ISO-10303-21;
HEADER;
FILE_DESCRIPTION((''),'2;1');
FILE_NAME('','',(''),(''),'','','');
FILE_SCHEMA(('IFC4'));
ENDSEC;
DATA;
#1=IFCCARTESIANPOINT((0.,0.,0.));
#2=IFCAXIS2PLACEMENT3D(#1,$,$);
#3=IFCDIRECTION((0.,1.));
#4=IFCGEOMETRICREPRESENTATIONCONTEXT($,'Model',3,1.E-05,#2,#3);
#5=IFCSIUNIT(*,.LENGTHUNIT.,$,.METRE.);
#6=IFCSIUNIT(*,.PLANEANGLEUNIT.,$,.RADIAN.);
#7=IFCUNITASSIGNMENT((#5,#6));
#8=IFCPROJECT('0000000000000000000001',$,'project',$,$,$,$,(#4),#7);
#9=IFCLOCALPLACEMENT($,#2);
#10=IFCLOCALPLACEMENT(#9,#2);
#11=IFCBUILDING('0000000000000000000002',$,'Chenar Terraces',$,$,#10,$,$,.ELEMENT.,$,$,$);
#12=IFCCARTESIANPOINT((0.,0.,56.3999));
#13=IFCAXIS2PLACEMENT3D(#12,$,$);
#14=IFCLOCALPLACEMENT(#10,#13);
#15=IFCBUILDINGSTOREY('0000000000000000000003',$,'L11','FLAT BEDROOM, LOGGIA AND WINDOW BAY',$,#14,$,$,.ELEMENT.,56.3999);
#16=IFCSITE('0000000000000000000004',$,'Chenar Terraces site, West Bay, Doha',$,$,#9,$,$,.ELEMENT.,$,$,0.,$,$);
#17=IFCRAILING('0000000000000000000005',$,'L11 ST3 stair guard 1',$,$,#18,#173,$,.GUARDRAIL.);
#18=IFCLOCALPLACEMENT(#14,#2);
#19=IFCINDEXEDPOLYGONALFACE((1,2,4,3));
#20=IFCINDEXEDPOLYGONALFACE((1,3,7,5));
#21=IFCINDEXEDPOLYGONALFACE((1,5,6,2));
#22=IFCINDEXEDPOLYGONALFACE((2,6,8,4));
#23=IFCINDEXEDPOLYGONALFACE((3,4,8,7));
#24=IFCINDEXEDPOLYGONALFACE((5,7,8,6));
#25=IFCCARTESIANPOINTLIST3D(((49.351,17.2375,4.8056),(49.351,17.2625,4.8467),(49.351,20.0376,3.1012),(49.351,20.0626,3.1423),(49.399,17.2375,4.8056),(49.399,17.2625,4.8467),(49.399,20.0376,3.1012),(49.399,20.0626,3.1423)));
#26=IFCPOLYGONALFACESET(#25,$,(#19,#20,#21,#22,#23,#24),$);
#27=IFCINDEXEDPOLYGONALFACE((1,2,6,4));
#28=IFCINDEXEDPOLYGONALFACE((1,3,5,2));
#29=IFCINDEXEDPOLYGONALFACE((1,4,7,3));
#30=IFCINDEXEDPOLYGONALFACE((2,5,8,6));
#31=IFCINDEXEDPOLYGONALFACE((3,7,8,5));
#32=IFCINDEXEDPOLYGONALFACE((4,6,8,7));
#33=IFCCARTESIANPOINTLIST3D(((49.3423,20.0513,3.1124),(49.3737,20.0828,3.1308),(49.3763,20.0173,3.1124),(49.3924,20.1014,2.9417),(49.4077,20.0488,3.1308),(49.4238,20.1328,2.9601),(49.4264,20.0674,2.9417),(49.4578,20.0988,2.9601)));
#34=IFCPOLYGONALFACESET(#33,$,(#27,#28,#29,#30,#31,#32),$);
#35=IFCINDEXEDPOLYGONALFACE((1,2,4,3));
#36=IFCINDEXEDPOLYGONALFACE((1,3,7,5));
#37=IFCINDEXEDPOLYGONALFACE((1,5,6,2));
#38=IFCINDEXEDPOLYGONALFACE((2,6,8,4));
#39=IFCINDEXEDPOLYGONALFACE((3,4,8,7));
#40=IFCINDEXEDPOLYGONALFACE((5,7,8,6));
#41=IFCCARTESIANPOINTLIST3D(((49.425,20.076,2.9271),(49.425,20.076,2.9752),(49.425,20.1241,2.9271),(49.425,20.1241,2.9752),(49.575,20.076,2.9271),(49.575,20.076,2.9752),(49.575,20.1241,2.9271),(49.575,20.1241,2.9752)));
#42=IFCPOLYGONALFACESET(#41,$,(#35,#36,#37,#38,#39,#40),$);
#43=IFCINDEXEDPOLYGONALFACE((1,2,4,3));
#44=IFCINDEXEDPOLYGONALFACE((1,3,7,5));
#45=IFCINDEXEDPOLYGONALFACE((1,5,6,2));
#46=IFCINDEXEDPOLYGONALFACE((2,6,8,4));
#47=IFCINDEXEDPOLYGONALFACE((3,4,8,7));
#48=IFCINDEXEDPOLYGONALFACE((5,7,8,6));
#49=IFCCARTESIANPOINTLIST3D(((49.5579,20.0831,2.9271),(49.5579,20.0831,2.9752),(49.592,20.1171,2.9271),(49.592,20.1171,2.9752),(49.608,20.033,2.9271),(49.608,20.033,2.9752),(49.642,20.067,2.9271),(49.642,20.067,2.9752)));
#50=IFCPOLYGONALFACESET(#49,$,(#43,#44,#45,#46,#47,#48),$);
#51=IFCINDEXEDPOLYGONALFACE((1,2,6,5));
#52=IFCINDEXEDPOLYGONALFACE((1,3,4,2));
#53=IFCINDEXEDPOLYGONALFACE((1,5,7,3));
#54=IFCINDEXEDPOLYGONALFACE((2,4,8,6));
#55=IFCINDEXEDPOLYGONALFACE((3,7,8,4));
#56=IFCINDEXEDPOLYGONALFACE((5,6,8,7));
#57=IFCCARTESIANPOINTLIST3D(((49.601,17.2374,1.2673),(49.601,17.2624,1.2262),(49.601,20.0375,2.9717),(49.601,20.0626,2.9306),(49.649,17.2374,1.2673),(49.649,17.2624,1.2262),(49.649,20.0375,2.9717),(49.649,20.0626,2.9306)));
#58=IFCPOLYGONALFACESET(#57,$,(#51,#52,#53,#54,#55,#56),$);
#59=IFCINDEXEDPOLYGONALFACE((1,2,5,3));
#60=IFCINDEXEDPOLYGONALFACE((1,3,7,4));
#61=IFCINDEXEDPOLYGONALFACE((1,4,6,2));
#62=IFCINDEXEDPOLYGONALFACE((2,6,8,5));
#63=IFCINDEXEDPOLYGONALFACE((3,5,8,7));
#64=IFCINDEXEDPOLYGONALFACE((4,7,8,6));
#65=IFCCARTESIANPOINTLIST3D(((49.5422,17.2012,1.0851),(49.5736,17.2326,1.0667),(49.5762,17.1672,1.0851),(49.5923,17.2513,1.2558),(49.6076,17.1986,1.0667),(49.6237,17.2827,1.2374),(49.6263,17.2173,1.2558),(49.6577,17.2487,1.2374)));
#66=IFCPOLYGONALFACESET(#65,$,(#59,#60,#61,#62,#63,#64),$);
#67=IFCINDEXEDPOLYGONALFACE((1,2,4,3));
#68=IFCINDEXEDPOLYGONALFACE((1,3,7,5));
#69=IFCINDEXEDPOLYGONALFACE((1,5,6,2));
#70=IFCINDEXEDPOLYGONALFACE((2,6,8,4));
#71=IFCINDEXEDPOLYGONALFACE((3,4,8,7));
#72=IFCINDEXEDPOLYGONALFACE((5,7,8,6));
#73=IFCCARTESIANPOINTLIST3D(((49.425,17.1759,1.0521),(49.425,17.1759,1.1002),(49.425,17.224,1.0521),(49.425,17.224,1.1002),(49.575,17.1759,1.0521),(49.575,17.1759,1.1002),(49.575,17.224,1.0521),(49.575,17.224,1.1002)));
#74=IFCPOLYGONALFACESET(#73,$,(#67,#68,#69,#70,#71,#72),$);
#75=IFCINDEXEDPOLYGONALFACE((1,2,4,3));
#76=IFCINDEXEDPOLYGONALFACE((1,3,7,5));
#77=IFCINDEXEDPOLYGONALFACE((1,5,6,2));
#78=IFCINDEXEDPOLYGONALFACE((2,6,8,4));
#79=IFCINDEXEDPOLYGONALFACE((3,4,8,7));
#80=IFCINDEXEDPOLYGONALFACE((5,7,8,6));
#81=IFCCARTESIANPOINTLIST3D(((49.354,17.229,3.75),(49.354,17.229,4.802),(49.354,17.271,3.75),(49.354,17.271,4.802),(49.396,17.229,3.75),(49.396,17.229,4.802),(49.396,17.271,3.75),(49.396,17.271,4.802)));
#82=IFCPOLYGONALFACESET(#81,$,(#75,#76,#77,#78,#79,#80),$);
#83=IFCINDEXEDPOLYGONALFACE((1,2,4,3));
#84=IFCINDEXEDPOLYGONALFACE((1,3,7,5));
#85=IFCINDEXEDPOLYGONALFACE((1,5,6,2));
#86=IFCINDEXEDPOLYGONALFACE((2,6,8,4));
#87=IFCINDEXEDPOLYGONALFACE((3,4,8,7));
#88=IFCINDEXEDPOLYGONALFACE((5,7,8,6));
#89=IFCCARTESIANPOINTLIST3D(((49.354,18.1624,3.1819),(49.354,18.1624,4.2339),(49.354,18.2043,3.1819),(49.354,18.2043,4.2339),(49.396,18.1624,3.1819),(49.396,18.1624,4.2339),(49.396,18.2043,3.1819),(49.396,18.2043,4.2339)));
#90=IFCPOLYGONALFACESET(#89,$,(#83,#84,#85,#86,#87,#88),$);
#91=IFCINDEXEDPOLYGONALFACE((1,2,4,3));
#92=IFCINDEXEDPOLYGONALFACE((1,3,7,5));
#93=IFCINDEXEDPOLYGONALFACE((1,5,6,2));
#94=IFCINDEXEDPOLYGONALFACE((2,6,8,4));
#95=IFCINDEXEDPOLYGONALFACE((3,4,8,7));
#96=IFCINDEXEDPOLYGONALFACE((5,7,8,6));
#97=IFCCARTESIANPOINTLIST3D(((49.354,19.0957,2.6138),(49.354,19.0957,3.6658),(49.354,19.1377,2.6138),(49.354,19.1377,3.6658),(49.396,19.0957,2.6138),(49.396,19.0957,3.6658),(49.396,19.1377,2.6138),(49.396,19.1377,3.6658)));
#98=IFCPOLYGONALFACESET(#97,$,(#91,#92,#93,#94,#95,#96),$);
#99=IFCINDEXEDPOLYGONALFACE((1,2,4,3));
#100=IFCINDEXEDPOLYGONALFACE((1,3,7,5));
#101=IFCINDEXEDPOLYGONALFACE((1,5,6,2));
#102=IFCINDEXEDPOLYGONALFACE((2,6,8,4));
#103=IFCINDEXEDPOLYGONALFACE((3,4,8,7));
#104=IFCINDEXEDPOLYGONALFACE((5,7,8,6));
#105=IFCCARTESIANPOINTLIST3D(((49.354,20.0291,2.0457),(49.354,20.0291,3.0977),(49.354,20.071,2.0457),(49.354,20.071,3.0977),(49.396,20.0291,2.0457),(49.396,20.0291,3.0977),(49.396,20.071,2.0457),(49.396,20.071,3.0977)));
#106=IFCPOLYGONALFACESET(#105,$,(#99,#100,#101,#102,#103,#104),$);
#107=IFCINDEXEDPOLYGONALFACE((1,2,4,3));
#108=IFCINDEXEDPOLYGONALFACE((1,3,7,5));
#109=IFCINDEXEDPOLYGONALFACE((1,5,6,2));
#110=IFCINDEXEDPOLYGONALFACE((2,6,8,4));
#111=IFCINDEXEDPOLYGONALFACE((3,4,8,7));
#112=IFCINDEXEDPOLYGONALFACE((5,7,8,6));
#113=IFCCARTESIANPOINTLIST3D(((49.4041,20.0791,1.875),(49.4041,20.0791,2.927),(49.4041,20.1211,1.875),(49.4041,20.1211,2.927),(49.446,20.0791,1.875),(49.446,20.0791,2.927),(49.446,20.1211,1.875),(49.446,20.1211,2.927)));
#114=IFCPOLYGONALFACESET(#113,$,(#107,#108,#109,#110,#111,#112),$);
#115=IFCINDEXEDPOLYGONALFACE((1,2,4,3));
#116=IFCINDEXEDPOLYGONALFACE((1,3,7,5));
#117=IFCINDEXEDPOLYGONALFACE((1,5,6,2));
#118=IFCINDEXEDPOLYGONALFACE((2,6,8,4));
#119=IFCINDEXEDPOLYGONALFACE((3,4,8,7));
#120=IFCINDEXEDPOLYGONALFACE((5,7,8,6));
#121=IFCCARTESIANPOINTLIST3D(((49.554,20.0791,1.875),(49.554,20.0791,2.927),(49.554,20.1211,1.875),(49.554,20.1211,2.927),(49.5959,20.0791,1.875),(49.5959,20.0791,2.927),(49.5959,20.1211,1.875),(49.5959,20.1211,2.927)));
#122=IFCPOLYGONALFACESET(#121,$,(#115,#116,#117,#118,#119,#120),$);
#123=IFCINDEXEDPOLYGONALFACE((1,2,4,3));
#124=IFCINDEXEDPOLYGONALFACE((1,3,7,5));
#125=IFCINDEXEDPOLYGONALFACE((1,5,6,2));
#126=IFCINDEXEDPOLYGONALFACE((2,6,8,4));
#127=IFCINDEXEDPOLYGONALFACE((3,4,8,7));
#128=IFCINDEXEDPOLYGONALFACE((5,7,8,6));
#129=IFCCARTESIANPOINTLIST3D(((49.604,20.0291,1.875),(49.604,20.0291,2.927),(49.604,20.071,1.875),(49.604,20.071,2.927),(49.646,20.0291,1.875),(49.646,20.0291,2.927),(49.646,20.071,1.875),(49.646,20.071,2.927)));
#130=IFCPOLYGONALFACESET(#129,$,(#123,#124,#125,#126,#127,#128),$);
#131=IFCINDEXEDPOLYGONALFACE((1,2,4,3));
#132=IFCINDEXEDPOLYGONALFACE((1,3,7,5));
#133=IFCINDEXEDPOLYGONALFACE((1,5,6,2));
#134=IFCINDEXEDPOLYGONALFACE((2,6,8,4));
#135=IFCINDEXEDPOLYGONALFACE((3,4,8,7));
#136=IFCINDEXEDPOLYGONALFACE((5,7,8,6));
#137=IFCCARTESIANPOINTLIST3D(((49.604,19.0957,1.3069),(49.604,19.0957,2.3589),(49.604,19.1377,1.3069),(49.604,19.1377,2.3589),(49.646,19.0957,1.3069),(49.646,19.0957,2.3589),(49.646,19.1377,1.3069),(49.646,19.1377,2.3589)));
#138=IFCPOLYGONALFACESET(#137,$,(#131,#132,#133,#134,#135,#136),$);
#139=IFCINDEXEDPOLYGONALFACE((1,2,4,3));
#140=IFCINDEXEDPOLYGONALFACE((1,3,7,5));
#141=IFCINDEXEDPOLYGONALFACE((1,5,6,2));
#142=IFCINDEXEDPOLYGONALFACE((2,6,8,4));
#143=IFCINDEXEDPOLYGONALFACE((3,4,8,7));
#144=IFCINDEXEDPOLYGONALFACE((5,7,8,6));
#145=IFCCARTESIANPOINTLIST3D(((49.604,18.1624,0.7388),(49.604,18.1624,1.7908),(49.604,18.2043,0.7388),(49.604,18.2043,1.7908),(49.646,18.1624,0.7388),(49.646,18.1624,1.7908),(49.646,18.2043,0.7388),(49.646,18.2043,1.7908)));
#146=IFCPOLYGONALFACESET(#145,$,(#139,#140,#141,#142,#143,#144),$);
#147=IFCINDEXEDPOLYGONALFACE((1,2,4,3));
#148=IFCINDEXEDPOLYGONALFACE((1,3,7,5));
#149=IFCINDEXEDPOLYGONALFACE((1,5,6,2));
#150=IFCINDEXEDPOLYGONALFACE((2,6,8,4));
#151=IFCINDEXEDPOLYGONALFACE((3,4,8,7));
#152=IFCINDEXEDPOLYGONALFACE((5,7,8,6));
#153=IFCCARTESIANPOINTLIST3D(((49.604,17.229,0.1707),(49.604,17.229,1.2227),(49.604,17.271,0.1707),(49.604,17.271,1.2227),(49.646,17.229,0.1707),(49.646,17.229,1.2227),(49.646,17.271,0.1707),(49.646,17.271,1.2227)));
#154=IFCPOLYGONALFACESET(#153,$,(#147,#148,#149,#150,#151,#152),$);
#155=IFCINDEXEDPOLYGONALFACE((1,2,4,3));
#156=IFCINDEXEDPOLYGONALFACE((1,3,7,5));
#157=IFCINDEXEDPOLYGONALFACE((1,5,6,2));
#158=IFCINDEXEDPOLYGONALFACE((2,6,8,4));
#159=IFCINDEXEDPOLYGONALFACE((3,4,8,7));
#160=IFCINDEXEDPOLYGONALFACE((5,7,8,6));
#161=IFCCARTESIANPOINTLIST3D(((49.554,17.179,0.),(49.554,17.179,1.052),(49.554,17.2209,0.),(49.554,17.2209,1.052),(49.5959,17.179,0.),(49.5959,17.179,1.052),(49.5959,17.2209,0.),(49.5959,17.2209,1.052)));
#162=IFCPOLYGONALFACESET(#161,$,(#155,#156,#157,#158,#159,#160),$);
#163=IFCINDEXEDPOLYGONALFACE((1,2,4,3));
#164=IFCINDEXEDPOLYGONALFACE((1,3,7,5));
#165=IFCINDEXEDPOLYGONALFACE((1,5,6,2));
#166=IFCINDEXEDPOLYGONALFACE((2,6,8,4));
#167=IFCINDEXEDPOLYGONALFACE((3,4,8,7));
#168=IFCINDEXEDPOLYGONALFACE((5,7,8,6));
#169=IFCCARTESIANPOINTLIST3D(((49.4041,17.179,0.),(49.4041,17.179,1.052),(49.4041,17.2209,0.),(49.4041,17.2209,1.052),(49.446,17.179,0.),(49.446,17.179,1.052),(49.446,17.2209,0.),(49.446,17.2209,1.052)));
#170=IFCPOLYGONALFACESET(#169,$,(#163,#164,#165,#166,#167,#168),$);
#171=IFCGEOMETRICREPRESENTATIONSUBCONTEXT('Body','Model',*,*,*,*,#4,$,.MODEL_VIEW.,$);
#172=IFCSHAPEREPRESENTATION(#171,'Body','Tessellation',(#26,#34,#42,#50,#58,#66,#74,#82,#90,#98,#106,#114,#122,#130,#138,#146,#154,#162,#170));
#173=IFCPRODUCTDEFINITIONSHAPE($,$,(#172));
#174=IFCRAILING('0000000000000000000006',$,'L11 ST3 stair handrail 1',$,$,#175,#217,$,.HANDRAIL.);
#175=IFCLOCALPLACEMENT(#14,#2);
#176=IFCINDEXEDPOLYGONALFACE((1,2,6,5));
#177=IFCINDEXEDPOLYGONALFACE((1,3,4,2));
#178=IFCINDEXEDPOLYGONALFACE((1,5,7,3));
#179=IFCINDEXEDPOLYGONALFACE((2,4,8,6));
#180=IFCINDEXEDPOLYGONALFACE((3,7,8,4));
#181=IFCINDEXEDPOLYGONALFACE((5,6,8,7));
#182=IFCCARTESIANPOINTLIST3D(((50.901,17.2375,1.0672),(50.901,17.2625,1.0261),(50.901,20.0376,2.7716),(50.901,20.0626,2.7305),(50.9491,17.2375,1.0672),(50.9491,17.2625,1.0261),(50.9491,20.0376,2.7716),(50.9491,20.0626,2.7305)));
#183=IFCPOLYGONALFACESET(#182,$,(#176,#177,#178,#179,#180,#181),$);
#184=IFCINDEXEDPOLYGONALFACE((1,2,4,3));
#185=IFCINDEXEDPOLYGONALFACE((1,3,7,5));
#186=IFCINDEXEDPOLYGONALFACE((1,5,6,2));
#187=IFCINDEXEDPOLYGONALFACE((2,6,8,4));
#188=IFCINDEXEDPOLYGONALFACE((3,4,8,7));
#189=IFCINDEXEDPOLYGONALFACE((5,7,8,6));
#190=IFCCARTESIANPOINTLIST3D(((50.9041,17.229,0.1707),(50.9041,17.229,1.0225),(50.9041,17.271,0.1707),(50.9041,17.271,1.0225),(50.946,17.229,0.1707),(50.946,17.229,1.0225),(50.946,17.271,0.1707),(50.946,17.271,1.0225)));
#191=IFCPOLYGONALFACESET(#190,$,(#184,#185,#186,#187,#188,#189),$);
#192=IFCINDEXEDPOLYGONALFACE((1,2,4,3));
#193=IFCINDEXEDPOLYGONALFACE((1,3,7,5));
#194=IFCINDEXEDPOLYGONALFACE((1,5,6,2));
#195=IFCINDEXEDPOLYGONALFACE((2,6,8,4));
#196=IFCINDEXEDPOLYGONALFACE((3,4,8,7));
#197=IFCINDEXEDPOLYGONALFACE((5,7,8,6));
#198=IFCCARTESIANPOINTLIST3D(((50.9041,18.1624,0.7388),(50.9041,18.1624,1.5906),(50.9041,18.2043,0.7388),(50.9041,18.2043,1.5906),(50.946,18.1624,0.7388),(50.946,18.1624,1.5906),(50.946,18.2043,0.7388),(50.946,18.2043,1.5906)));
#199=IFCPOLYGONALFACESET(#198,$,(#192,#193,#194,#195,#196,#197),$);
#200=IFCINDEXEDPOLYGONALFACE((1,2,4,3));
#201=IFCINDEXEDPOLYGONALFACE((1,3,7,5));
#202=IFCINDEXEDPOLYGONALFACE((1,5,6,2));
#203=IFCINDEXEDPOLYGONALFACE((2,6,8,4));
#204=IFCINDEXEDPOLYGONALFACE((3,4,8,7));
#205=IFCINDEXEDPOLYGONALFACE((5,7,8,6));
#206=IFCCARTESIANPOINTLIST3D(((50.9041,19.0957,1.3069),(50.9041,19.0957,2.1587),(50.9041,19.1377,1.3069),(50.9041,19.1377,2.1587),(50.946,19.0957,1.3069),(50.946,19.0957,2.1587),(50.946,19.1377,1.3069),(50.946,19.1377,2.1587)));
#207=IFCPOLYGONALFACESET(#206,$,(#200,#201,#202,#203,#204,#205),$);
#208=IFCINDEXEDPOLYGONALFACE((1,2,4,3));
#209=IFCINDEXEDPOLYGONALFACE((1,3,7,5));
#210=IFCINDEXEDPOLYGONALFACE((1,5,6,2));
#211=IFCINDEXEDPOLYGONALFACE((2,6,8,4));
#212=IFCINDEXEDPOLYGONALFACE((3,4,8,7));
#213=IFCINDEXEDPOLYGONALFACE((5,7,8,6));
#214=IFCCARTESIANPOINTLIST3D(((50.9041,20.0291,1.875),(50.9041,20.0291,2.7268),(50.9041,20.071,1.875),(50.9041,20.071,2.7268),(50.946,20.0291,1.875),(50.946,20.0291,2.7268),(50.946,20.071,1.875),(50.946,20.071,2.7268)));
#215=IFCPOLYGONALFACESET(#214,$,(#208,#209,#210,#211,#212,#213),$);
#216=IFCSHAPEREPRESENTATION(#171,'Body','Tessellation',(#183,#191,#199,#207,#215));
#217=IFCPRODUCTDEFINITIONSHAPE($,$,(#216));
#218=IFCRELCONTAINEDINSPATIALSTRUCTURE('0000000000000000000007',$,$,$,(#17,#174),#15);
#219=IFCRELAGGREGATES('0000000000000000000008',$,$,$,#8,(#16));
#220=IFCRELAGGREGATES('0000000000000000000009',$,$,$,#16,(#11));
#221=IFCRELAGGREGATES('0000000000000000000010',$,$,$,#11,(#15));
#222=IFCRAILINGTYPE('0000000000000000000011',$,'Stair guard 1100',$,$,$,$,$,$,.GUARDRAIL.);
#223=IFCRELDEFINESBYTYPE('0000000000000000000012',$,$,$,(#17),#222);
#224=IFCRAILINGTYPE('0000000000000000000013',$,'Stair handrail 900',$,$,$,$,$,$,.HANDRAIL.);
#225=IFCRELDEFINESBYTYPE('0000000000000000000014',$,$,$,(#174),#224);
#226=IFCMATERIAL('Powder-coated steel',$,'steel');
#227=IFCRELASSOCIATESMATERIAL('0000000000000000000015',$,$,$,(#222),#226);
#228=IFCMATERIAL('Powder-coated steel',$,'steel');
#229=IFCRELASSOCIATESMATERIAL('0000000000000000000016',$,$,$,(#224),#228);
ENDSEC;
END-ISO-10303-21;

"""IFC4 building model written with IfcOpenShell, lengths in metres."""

from ifc_helpers import new_model, si_unit, direction, frame, origin, origin_2d, place, context, subcontext, project, spatial, rectangle, extrude, material, type_object, element, save


model = new_model("IFC4")

# Units and contexts
model_context = context("Model", 3, precision=1e-05, world=origin(), true_north=direction((0.0, 1.0)))
body_context = subcontext(model_context, "Body", "Model", "MODEL_VIEW")
ifc_project = project(units=[si_unit("LENGTHUNIT", "METRE"), si_unit("PLANEANGLEUNIT", "RADIAN")], contexts=[model_context])

# Site, building, storey
site_placement = place(None, origin())
site = spatial("IfcSite", under=ifc_project, at=site_placement, Name="Chenar Terraces site, West Bay, Doha", CompositionType="ELEMENT", RefElevation=0.0)
building_placement = place(site_placement, origin())
building = spatial("IfcBuilding", under=site, at=building_placement, Name="Chenar Terraces", CompositionType="ELEMENT")
storey_placement = place(building_placement, frame((0.0, 0.0, 56.3999)))
storey = spatial("IfcBuildingStorey", under=building, at=storey_placement, Name="L11", Description="FLAT BEDROOM, LOGGIA AND WINDOW BAY", CompositionType="ELEMENT", Elevation=56.3999)

# Railings
ifc_material_1 = material(Name="Powder-coated steel", Category="steel")
railing_type_1 = type_object("IfcRailingType", Name="Stair guard 1100", PredefinedType="GUARDRAIL", material=ifc_material_1)
railing_1_placement = place(storey_placement, frame((49.375, 17.25, 3.75)))
element("IfcRailing", 1, at=railing_1_placement, inside=storey, type_object=railing_type_1, Name="L11 ST3 stair guard 1", PredefinedType="GUARDRAIL", context=body_context, shape_type="SweptSolid", body=[
    extrude(rectangle(XDim=0.0481, YDim=0.0481, at=origin_2d()), frame((0.0, 0.0, 1.0762), z_axis=(0.0, 0.854203, -0.51994), x_axis=(-1.0, 0.0, 0.0)), (0.0, 0.0, 1.0), 3.2781),
    extrude(rectangle(XDim=0.0481, YDim=0.0481, at=origin_2d()), frame((0.0, 2.8, -0.6284), z_axis=(0.2709, 0.2709, -0.923703), x_axis=(-0.707107, 0.707107, 0.0)), (0.0, 0.0, 1.0), 0.1848),
    extrude(rectangle(XDim=0.0481, YDim=0.0481, at=origin_2d()), frame((0.05, 2.8501, -0.7988), z_axis=(1.0, 0.0, 0.0), x_axis=(0.0, 1.0, 0.0)), (0.0, 0.0, 1.0), 0.1499),
    extrude(rectangle(XDim=0.0481, YDim=0.0481, at=origin_2d()), frame((0.2, 2.8501, -0.7988), z_axis=(0.707107, -0.707107, 0.0), x_axis=(0.707107, 0.707107, 0.0)), (0.0, 0.0, 1.0), 0.0708),
    extrude(rectangle(XDim=0.0481, YDim=0.0481, at=origin_2d()), frame((0.25, 2.8, -0.7988), z_axis=(0.0, -0.854203, -0.51994), x_axis=(1.0, 0.0, 0.0)), (0.0, 0.0, 1.0), 3.2781),
    extrude(rectangle(XDim=0.0481, YDim=0.0481, at=origin_2d()), frame((0.25, 0.0, -2.5034), z_axis=(-0.2709, -0.2709, -0.923703), x_axis=(0.707107, -0.707107, 0.0)), (0.0, 0.0, 1.0), 0.1848),
    extrude(rectangle(XDim=0.0481, YDim=0.0481, at=origin_2d()), frame((0.2, -0.05, -2.6738), z_axis=(-1.0, 0.0, 0.0), x_axis=(0.0, -1.0, 0.0)), (0.0, 0.0, 1.0), 0.1499),
    extrude(rectangle(XDim=0.042, YDim=0.042, at=origin_2d()), origin(), (0.0, 0.0, 1.0), 1.052),
    extrude(rectangle(XDim=0.042, YDim=0.042, at=origin_2d()), frame((0.0, 0.9333, -0.5681)), (0.0, 0.0, 1.0), 1.052),
    extrude(rectangle(XDim=0.042, YDim=0.042, at=origin_2d()), frame((0.0, 1.8667, -1.1362)), (0.0, 0.0, 1.0), 1.052),
    extrude(rectangle(XDim=0.042, YDim=0.042, at=origin_2d()), frame((0.0, 2.8, -1.7043)), (0.0, 0.0, 1.0), 1.052),
    extrude(rectangle(XDim=0.042, YDim=0.042, at=origin_2d()), frame((0.05, 2.8501, -1.875)), (0.0, 0.0, 1.0), 1.052),
    extrude(rectangle(XDim=0.042, YDim=0.042, at=origin_2d()), frame((0.2, 2.8501, -1.875)), (0.0, 0.0, 1.0), 1.052),
    extrude(rectangle(XDim=0.042, YDim=0.042, at=origin_2d()), frame((0.25, 2.8, -1.875)), (0.0, 0.0, 1.0), 1.052),
    extrude(rectangle(XDim=0.042, YDim=0.042, at=origin_2d()), frame((0.25, 1.8667, -2.4431)), (0.0, 0.0, 1.0), 1.052),
    extrude(rectangle(XDim=0.042, YDim=0.042, at=origin_2d()), frame((0.25, 0.9333, -3.0112)), (0.0, 0.0, 1.0), 1.052),
    extrude(rectangle(XDim=0.042, YDim=0.042, at=origin_2d()), frame((0.25, 0.0, -3.5793)), (0.0, 0.0, 1.0), 1.052),
    extrude(rectangle(XDim=0.042, YDim=0.042, at=origin_2d()), frame((0.2, -0.05, -3.75)), (0.0, 0.0, 1.0), 1.052),
    extrude(rectangle(XDim=0.042, YDim=0.042, at=origin_2d()), frame((0.05, -0.05, -3.75)), (0.0, 0.0, 1.0), 1.052),
])
ifc_material_2 = material(Name="Powder-coated steel", Category="steel")
railing_type_2 = type_object("IfcRailingType", Name="Stair handrail 900", PredefinedType="HANDRAIL", material=ifc_material_2)
railing_2_placement = place(storey_placement, frame((50.925, 17.25, 0.1707)))
element("IfcRailing", 2, at=railing_2_placement, inside=storey, type_object=railing_type_2, Name="L11 ST3 stair handrail 1", PredefinedType="HANDRAIL", context=body_context, shape_type="SweptSolid", body=[
    extrude(rectangle(XDim=0.0481, YDim=0.0481, at=origin_2d()), frame((0.0, 0.0, 0.876), z_axis=(0.0, 0.854203, 0.51994), x_axis=(-1.0, 0.0, 0.0)), (0.0, 0.0, 1.0), 3.2781),
    extrude(rectangle(XDim=0.042, YDim=0.042, at=origin_2d()), origin(), (0.0, 0.0, 1.0), 0.8518),
    extrude(rectangle(XDim=0.042, YDim=0.042, at=origin_2d()), frame((0.0, 0.9333, 0.5681)), (0.0, 0.0, 1.0), 0.8518),
    extrude(rectangle(XDim=0.042, YDim=0.042, at=origin_2d()), frame((0.0, 1.8667, 1.1362)), (0.0, 0.0, 1.0), 0.8518),
    extrude(rectangle(XDim=0.042, YDim=0.042, at=origin_2d()), frame((0.0, 2.8, 1.7043)), (0.0, 0.0, 1.0), 0.8518),
])

save(model, "model.ifc")
